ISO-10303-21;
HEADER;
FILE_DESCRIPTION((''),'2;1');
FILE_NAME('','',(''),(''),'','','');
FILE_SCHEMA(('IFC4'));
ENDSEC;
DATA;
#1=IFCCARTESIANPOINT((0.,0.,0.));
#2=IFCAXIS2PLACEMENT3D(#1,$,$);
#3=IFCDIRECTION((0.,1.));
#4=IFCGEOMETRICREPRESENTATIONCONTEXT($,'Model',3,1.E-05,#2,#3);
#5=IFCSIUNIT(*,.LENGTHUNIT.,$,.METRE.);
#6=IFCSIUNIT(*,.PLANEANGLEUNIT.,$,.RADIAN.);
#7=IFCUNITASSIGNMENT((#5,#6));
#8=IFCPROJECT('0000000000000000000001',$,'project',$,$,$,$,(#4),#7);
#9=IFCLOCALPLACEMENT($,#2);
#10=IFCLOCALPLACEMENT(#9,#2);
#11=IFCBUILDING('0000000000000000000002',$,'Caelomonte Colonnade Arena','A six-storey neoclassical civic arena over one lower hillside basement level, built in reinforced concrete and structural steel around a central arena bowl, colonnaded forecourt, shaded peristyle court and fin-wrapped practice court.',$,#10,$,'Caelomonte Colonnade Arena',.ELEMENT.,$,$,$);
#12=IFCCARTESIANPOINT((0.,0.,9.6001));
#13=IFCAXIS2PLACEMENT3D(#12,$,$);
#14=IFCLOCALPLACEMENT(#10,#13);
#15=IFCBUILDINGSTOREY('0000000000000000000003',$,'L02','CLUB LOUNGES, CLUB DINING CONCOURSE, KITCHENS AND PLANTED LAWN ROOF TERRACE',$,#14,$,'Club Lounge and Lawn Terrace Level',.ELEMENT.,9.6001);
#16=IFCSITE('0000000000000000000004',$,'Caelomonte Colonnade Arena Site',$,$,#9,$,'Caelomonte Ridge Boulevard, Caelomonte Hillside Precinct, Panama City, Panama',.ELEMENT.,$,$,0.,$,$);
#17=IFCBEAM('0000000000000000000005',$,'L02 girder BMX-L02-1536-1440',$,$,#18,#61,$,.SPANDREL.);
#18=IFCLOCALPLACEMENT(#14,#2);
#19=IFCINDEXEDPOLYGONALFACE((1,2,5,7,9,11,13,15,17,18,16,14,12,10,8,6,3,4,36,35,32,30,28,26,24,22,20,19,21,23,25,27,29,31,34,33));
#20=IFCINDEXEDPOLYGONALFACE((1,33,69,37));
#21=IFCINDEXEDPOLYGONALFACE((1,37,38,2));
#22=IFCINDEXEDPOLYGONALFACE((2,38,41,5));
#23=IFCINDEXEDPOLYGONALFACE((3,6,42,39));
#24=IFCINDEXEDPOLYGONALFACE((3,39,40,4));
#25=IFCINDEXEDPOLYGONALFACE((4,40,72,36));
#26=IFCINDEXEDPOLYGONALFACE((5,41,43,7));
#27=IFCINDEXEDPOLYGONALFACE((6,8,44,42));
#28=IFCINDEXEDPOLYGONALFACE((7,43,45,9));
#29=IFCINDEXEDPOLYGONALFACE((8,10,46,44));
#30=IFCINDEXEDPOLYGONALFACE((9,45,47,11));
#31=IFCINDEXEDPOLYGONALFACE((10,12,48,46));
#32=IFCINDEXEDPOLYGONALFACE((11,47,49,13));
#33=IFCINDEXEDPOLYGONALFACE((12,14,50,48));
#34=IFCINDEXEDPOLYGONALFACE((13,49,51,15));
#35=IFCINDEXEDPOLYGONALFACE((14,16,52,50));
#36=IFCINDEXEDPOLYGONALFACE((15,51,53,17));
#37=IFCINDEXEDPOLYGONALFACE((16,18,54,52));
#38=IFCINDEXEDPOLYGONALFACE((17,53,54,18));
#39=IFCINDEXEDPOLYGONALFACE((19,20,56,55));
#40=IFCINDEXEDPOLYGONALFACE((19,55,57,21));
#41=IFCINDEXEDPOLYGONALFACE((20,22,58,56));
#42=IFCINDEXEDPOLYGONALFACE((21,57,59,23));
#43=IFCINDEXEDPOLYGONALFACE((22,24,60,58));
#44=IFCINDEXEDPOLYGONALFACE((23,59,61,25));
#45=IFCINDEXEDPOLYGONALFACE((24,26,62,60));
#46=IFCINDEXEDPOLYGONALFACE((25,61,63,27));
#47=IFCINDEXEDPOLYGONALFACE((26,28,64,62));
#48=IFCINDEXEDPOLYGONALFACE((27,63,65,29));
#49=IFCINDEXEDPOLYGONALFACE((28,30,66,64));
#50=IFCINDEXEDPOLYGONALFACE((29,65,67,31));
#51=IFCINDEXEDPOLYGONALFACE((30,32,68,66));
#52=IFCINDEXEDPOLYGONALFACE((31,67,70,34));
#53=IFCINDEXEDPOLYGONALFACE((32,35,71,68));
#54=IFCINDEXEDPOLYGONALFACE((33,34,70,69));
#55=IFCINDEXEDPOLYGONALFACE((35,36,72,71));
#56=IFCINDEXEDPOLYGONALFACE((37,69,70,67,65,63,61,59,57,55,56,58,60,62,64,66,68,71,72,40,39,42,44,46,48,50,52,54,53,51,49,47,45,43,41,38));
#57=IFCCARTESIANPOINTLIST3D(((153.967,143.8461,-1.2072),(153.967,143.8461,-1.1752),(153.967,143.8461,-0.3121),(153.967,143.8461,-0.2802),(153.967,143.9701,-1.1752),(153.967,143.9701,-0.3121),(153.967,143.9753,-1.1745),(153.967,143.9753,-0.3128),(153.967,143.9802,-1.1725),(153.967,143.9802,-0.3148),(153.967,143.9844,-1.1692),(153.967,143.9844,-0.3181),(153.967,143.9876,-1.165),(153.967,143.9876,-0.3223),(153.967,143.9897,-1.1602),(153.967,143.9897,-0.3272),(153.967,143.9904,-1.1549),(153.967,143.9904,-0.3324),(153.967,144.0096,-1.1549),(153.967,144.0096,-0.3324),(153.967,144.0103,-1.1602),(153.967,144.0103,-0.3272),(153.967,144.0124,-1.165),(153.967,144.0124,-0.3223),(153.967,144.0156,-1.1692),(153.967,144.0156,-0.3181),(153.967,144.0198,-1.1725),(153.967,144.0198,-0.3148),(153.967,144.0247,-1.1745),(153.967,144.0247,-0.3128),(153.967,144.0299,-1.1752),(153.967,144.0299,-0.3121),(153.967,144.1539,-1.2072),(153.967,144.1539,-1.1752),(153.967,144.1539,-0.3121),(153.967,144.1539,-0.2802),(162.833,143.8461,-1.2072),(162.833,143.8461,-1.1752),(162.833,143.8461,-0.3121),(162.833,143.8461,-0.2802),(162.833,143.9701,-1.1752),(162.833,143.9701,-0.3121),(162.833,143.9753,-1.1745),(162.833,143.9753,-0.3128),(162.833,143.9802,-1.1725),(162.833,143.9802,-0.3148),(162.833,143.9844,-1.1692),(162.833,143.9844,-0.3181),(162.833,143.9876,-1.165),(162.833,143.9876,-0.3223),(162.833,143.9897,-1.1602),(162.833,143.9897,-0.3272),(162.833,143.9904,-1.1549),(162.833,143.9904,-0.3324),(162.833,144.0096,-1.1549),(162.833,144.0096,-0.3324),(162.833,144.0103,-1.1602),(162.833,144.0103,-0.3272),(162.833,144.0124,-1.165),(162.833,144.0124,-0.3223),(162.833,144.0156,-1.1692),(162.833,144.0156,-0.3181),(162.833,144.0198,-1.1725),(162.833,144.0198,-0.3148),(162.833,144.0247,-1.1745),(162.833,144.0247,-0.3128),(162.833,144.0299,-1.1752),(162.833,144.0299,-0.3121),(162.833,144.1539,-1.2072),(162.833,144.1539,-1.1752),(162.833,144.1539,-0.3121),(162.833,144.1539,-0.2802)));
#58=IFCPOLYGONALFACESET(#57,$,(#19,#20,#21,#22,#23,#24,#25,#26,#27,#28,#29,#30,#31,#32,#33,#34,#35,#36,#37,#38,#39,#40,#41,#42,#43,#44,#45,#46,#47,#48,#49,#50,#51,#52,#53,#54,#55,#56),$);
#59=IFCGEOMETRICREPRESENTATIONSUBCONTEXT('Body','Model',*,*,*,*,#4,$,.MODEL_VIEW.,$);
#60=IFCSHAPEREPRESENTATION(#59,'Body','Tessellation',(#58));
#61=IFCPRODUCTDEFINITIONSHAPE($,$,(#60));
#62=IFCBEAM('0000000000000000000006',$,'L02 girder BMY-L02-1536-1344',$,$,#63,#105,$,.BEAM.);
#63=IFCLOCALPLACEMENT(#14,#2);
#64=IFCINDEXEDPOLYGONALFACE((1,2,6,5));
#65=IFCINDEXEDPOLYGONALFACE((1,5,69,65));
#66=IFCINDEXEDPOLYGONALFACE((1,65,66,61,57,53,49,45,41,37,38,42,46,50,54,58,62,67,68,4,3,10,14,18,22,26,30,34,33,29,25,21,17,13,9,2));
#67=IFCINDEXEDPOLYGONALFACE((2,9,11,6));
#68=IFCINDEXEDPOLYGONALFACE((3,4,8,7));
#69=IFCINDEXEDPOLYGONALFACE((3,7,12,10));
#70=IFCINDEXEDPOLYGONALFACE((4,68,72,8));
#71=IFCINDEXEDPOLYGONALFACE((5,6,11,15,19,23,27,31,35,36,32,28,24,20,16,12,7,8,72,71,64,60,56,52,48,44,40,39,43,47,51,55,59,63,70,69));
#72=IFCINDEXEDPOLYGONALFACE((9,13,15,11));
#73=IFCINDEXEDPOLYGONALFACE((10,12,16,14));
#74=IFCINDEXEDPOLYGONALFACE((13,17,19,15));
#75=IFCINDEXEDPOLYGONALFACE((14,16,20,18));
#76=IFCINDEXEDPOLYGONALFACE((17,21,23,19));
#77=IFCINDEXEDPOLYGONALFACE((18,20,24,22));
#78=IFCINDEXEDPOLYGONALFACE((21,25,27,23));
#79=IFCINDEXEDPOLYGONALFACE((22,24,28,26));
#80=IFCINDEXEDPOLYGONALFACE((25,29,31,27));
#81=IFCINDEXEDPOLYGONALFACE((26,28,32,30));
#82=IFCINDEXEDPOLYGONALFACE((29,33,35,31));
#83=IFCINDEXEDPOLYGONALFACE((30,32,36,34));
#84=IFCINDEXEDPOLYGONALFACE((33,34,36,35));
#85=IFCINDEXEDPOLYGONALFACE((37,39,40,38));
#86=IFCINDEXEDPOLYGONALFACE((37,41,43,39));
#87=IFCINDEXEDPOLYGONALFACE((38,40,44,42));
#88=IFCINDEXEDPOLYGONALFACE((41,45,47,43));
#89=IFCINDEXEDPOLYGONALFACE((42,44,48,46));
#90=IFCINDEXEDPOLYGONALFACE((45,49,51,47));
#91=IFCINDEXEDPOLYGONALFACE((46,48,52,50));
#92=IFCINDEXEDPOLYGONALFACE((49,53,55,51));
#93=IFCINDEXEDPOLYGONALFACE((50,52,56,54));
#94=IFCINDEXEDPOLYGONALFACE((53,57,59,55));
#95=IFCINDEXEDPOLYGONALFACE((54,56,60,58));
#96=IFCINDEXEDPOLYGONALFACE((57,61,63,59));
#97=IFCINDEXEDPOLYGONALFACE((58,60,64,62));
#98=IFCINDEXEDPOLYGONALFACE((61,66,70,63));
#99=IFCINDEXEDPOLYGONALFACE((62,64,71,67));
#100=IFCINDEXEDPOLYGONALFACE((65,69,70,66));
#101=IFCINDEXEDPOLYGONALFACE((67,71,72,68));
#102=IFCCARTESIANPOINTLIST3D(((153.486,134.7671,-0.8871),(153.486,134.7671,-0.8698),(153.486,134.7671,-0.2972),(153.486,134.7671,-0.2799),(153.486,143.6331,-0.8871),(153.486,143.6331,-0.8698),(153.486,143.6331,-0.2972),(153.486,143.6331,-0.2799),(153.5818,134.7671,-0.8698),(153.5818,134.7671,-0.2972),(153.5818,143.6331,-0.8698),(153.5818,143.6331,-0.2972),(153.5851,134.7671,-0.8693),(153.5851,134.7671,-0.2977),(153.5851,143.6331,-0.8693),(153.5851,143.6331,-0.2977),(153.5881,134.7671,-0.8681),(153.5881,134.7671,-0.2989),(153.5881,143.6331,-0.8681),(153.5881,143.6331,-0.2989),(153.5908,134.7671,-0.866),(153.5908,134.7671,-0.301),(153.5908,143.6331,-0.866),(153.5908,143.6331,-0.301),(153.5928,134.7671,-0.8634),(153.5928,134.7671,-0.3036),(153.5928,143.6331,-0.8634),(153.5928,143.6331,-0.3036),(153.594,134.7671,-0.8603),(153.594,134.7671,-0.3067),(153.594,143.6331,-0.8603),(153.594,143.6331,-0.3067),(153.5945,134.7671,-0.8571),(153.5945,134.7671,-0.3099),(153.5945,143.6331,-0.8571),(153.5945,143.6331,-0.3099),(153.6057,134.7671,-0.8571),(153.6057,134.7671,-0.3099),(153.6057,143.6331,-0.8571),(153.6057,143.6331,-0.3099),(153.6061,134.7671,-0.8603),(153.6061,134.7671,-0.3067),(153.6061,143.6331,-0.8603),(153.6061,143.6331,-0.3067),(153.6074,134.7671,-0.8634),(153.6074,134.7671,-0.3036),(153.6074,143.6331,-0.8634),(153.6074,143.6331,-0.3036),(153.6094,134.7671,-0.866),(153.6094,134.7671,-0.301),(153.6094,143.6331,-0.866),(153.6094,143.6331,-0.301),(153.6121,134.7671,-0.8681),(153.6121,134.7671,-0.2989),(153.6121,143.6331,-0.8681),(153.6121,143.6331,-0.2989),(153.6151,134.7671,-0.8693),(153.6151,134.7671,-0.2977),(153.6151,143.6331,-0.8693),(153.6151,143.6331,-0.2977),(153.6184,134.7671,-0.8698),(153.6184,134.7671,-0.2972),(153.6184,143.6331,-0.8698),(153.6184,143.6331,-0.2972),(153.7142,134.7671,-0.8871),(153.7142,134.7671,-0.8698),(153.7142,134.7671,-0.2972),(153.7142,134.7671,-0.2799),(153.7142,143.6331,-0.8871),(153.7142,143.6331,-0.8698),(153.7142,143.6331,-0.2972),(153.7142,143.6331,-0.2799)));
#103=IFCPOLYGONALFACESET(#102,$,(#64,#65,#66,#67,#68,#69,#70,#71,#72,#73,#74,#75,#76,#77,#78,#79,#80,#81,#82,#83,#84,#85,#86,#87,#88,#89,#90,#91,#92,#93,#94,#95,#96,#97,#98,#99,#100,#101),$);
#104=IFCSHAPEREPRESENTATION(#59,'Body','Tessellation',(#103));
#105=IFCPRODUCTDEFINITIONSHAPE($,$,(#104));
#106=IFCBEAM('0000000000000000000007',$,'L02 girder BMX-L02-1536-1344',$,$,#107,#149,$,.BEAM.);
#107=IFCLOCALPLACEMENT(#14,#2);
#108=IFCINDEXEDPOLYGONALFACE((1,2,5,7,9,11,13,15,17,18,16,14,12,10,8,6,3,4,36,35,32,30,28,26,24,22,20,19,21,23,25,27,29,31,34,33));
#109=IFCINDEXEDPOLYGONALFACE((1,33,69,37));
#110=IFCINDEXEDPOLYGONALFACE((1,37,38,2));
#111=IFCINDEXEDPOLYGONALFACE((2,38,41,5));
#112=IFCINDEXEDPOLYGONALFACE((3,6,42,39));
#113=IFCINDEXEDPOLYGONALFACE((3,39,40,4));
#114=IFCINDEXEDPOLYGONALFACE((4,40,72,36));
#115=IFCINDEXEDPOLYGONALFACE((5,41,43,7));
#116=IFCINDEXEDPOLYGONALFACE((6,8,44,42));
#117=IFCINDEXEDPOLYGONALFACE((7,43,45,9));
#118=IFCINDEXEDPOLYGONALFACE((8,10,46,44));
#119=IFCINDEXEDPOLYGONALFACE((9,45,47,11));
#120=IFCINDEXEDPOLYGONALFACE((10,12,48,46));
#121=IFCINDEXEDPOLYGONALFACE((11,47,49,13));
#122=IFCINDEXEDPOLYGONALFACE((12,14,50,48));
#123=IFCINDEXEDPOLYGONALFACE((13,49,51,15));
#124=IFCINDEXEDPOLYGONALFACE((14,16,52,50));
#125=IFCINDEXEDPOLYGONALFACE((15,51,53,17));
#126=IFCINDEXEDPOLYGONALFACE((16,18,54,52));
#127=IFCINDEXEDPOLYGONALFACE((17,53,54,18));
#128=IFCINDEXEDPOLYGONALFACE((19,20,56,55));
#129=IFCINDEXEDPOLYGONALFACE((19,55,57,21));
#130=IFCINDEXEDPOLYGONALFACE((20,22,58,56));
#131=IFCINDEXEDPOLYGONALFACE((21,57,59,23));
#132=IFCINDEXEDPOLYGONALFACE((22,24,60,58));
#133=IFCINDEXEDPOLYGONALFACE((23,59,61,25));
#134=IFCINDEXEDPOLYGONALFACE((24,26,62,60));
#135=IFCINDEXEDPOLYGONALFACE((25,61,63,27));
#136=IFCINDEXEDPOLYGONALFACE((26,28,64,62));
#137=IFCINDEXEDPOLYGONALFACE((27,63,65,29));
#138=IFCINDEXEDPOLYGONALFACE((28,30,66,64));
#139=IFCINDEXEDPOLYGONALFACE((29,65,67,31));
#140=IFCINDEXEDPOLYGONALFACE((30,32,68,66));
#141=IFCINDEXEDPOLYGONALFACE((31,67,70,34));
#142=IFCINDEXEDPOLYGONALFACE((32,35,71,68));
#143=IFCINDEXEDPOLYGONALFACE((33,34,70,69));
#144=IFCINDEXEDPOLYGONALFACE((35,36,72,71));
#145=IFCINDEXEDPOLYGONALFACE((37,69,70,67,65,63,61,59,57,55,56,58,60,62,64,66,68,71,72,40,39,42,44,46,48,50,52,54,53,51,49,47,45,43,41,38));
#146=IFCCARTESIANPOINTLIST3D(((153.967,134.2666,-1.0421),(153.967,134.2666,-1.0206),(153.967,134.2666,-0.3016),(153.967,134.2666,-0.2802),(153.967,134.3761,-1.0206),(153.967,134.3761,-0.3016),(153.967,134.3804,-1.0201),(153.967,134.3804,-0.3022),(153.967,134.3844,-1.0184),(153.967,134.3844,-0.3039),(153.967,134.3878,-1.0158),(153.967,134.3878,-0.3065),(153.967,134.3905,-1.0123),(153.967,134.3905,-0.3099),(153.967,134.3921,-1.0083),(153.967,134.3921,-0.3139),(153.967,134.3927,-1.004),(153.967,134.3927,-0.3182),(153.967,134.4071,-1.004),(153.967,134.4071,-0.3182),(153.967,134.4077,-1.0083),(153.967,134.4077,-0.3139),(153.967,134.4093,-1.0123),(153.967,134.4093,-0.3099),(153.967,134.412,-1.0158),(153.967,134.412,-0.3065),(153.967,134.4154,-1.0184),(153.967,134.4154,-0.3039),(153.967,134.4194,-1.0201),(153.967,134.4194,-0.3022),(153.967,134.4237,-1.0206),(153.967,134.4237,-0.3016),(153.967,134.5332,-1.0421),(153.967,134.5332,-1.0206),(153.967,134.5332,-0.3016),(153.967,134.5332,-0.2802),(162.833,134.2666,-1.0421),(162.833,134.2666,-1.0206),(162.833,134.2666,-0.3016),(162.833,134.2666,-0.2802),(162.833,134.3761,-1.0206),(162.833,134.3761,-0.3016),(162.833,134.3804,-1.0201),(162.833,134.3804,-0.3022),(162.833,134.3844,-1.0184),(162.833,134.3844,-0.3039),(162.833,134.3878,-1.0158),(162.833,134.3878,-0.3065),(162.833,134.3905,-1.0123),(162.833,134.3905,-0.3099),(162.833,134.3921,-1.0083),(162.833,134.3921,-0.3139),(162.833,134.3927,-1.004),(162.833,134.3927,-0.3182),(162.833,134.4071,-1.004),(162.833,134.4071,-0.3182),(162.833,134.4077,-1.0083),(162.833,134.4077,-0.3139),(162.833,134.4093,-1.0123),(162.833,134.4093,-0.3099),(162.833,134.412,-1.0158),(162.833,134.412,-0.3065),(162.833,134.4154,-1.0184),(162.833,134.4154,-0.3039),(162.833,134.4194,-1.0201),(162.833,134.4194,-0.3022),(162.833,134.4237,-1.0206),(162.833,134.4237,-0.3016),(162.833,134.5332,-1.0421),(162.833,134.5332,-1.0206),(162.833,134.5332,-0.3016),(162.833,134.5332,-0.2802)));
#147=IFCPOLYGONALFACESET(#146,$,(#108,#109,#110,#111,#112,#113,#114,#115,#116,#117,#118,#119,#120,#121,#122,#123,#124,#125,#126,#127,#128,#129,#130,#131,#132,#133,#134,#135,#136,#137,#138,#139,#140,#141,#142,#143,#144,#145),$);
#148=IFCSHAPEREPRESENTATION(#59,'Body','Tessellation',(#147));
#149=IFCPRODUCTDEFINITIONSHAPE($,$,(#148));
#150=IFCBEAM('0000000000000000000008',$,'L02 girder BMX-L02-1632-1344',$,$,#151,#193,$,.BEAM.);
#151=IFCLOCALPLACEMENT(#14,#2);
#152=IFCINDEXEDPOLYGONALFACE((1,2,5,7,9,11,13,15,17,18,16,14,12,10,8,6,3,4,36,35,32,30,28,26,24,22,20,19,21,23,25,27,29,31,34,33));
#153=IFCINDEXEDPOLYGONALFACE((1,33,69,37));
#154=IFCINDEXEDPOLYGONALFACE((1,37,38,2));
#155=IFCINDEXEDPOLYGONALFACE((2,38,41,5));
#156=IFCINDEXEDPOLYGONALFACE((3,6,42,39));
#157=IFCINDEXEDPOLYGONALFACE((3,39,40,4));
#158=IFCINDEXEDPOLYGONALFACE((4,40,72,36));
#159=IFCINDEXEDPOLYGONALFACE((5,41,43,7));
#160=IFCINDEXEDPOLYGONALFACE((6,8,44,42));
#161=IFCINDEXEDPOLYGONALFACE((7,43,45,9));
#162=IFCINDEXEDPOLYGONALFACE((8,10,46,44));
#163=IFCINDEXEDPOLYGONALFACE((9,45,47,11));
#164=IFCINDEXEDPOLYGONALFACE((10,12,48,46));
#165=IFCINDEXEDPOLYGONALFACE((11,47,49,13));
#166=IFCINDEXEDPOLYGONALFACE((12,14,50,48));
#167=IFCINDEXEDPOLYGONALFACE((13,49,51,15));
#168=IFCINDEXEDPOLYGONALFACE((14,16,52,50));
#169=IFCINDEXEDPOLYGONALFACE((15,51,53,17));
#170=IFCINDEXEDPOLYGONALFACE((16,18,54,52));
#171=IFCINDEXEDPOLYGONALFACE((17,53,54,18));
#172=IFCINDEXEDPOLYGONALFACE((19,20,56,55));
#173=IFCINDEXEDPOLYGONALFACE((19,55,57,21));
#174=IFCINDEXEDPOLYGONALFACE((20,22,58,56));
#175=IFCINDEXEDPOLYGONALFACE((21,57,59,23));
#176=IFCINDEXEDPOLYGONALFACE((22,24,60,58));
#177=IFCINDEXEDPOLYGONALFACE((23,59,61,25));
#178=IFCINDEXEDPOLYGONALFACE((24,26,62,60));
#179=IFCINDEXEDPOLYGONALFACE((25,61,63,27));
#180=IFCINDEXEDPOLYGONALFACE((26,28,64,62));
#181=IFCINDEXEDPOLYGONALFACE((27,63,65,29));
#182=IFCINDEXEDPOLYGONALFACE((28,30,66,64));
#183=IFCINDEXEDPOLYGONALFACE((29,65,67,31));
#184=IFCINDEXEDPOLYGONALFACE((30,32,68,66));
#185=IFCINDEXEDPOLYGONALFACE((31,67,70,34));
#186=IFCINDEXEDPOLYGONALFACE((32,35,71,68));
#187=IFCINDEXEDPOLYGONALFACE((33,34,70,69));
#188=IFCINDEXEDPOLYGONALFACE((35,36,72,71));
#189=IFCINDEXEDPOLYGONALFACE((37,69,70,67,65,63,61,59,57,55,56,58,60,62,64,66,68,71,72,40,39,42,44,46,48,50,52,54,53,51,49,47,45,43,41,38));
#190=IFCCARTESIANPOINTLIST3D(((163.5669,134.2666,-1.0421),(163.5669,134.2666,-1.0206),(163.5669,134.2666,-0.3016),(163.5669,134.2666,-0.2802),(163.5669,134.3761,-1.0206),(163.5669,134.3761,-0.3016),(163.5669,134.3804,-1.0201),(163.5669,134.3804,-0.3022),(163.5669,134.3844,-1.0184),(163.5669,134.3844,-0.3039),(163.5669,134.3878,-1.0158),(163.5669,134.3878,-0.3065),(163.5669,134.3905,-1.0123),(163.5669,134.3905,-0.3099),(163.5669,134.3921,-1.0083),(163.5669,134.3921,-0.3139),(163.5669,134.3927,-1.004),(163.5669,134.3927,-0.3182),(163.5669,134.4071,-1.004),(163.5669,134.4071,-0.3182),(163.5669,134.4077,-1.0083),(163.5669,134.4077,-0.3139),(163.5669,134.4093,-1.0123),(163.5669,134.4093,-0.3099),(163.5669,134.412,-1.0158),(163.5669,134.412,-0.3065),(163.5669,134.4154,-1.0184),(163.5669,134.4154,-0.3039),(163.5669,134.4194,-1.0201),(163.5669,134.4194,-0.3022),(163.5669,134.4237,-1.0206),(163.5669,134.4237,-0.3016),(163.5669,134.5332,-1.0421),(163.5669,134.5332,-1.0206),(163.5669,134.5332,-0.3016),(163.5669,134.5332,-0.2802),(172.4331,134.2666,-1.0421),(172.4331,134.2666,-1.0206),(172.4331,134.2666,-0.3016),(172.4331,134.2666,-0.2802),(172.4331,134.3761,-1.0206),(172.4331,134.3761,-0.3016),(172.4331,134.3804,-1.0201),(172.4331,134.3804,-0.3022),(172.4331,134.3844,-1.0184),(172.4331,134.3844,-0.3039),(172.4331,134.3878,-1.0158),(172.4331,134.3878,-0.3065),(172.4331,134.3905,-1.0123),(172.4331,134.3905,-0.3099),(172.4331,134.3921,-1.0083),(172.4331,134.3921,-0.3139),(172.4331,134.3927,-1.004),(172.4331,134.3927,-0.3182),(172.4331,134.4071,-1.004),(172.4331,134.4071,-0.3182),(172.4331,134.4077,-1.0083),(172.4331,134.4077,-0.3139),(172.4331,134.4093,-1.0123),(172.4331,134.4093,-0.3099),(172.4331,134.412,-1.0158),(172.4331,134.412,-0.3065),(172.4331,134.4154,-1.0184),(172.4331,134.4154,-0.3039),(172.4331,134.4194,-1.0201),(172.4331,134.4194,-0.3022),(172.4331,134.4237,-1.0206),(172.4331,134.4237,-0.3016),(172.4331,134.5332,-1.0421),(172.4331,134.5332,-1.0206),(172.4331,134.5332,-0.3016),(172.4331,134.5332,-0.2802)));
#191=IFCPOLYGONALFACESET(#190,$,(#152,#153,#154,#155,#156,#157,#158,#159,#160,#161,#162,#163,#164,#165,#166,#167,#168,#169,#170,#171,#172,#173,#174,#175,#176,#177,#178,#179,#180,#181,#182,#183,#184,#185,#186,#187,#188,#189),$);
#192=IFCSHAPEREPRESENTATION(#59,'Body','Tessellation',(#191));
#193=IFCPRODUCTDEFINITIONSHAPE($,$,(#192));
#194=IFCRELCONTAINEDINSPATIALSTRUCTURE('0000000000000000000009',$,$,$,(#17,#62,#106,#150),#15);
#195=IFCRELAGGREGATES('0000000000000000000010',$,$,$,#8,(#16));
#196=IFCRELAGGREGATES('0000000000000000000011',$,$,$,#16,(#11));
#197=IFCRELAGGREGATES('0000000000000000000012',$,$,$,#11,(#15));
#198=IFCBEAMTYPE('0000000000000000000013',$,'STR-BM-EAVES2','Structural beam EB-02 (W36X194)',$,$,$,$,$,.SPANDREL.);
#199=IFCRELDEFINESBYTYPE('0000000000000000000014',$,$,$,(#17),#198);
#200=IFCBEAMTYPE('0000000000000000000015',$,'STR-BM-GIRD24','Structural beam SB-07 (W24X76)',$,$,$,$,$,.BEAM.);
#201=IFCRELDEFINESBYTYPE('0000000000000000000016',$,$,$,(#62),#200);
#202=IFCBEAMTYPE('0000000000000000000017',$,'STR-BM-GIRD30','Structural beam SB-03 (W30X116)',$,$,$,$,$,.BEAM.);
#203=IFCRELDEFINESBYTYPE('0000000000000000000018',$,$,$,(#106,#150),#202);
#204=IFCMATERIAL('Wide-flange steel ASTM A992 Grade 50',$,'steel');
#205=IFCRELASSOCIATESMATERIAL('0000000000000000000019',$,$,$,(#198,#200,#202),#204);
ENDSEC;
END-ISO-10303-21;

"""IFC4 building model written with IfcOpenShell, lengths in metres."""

from ifc_helpers import new_model, si_unit, direction, frame, origin, origin_2d, place, context, subcontext, project, spatial, i_section, extrude, material, material_profile, profile_set, type_object, element, save


model = new_model("IFC4")

# Units and contexts
model_context = context("Model", 3, precision=1e-05, world=origin(), true_north=direction((0.0, 1.0)))
body_context = subcontext(model_context, "Body", "Model", "MODEL_VIEW")
ifc_project = project(units=[si_unit("LENGTHUNIT", "METRE"), si_unit("PLANEANGLEUNIT", "RADIAN")], contexts=[model_context])

# Site, building, storey
site_placement = place(None, origin())
site = spatial("IfcSite", under=ifc_project, at=site_placement, Name="Caelomonte Colonnade Arena Site", LongName="Caelomonte Ridge Boulevard, Caelomonte Hillside Precinct, Panama City, Panama", CompositionType="ELEMENT", RefElevation=0.0)
building_placement = place(site_placement, origin())
building = spatial("IfcBuilding", under=site, at=building_placement, Name="Caelomonte Colonnade Arena", Description="A six-storey neoclassical civic arena over one lower hillside basement level, built in reinforced concrete and structural steel around a central arena bowl, colonnaded forecourt, shaded peristyle court and fin-wrapped practice court.", LongName="Caelomonte Colonnade Arena", CompositionType="ELEMENT")
storey_placement = place(building_placement, frame((0.0, 0.0, 9.6001)))
storey = spatial("IfcBuildingStorey", under=building, at=storey_placement, Name="L02", Description="CLUB LOUNGES, CLUB DINING CONCOURSE, KITCHENS AND PLANTED LAWN ROOF TERRACE", LongName="Club Lounge and Lawn Terrace Level", CompositionType="ELEMENT", Elevation=9.6001)

# Beams
ifc_material_1 = material(Name="Wide-flange steel ASTM A992 Grade 50", Category="steel")
ifc_material_profile_1 = material_profile(ifc_material_1, i_section(OverallWidth=0.3079, OverallDepth=0.927, WebThickness=0.0193, FlangeThickness=0.032, FilletRadius=0.0203, at=origin_2d()), Name="W36X194")
ifc_profile_set_1 = profile_set([ifc_material_profile_1], Name="Wide-flange steel ASTM A992 Grade 50")
beam_type_1 = type_object("IfcBeamType", Name="STR-BM-EAVES2", Description="Structural beam EB-02 (W36X194)", PredefinedType="SPANDREL", material=ifc_profile_set_1)
beam_1_placement = place(storey_placement, frame((153.967, 144.0, -0.7437), z_axis=(1.0, 0.0, 0.0), x_axis=(0.0, 1.0, 0.0)))
element("IfcBeam", 1, at=beam_1_placement, inside=storey, type_object=beam_type_1, Name="L02 girder BMX-L02-1536-1440", PredefinedType="SPANDREL", context=body_context, shape_type="SweptSolid", body=[
    extrude(i_section(OverallWidth=0.3079, OverallDepth=0.927, WebThickness=0.0193, FlangeThickness=0.032, FilletRadius=0.0203, at=origin_2d()), origin(), (0.0, 0.0, 1.0), 8.866),
])
ifc_material_profile_2 = material_profile(ifc_material_1, i_section(OverallWidth=0.2283, OverallDepth=0.6072, WebThickness=0.0112, FlangeThickness=0.0173, FilletRadius=0.0127, at=origin_2d()), Name="W24X76")
ifc_profile_set_2 = profile_set([ifc_material_profile_2], Name="Wide-flange steel ASTM A992 Grade 50")
beam_type_2 = type_object("IfcBeamType", Name="STR-BM-GIRD24", Description="Structural beam SB-07 (W24X76)", PredefinedType="BEAM", material=ifc_profile_set_2)
beam_2_placement = place(storey_placement, frame((153.6001, 134.7671, -0.5835), z_axis=(0.0, 1.0, 0.0), x_axis=(-1.0, 0.0, 0.0)))
element("IfcBeam", 2, at=beam_2_placement, inside=storey, type_object=beam_type_2, Name="L02 girder BMY-L02-1536-1344", PredefinedType="BEAM", context=body_context, shape_type="SweptSolid", body=[
    extrude(i_section(OverallWidth=0.2283, OverallDepth=0.6072, WebThickness=0.0112, FlangeThickness=0.0173, FilletRadius=0.0127, at=origin_2d()), origin(), (0.0, 0.0, 1.0), 8.866),
])
ifc_material_profile_3 = material_profile(ifc_material_1, i_section(OverallWidth=0.2666, OverallDepth=0.762, WebThickness=0.0144, FlangeThickness=0.0215, FilletRadius=0.0166, at=origin_2d()), Name="W30X116")
ifc_profile_set_3 = profile_set([ifc_material_profile_3], Name="Wide-flange steel ASTM A992 Grade 50")
beam_type_3 = type_object("IfcBeamType", Name="STR-BM-GIRD30", Description="Structural beam SB-03 (W30X116)", PredefinedType="BEAM", material=ifc_profile_set_3)
beam_3_placement = place(storey_placement, frame((153.967, 134.3999, -0.6611), z_axis=(1.0, 0.0, 0.0), x_axis=(0.0, 1.0, 0.0)))
element("IfcBeam", 3, at=beam_3_placement, inside=storey, type_object=beam_type_3, Name="L02 girder BMX-L02-1536-1344", PredefinedType="BEAM", context=body_context, shape_type="SweptSolid", body=[
    extrude(i_section(OverallWidth=0.2666, OverallDepth=0.762, WebThickness=0.0144, FlangeThickness=0.0215, FilletRadius=0.0166, at=origin_2d()), origin(), (0.0, 0.0, 1.0), 8.866),
])
beam_4_placement = place(storey_placement, frame((163.5669, 134.3999, -0.6611), z_axis=(1.0, 0.0, 0.0), x_axis=(0.0, 1.0, 0.0)))
element("IfcBeam", 4, at=beam_4_placement, inside=storey, type_object=beam_type_3, Name="L02 girder BMX-L02-1632-1344", PredefinedType="BEAM", context=body_context, shape_type="SweptSolid", body=[
    extrude(i_section(OverallWidth=0.2666, OverallDepth=0.762, WebThickness=0.0144, FlangeThickness=0.0215, FilletRadius=0.0166, at=origin_2d()), origin(), (0.0, 0.0, 1.0), 8.8662),
])

save(model, "model.ifc")
